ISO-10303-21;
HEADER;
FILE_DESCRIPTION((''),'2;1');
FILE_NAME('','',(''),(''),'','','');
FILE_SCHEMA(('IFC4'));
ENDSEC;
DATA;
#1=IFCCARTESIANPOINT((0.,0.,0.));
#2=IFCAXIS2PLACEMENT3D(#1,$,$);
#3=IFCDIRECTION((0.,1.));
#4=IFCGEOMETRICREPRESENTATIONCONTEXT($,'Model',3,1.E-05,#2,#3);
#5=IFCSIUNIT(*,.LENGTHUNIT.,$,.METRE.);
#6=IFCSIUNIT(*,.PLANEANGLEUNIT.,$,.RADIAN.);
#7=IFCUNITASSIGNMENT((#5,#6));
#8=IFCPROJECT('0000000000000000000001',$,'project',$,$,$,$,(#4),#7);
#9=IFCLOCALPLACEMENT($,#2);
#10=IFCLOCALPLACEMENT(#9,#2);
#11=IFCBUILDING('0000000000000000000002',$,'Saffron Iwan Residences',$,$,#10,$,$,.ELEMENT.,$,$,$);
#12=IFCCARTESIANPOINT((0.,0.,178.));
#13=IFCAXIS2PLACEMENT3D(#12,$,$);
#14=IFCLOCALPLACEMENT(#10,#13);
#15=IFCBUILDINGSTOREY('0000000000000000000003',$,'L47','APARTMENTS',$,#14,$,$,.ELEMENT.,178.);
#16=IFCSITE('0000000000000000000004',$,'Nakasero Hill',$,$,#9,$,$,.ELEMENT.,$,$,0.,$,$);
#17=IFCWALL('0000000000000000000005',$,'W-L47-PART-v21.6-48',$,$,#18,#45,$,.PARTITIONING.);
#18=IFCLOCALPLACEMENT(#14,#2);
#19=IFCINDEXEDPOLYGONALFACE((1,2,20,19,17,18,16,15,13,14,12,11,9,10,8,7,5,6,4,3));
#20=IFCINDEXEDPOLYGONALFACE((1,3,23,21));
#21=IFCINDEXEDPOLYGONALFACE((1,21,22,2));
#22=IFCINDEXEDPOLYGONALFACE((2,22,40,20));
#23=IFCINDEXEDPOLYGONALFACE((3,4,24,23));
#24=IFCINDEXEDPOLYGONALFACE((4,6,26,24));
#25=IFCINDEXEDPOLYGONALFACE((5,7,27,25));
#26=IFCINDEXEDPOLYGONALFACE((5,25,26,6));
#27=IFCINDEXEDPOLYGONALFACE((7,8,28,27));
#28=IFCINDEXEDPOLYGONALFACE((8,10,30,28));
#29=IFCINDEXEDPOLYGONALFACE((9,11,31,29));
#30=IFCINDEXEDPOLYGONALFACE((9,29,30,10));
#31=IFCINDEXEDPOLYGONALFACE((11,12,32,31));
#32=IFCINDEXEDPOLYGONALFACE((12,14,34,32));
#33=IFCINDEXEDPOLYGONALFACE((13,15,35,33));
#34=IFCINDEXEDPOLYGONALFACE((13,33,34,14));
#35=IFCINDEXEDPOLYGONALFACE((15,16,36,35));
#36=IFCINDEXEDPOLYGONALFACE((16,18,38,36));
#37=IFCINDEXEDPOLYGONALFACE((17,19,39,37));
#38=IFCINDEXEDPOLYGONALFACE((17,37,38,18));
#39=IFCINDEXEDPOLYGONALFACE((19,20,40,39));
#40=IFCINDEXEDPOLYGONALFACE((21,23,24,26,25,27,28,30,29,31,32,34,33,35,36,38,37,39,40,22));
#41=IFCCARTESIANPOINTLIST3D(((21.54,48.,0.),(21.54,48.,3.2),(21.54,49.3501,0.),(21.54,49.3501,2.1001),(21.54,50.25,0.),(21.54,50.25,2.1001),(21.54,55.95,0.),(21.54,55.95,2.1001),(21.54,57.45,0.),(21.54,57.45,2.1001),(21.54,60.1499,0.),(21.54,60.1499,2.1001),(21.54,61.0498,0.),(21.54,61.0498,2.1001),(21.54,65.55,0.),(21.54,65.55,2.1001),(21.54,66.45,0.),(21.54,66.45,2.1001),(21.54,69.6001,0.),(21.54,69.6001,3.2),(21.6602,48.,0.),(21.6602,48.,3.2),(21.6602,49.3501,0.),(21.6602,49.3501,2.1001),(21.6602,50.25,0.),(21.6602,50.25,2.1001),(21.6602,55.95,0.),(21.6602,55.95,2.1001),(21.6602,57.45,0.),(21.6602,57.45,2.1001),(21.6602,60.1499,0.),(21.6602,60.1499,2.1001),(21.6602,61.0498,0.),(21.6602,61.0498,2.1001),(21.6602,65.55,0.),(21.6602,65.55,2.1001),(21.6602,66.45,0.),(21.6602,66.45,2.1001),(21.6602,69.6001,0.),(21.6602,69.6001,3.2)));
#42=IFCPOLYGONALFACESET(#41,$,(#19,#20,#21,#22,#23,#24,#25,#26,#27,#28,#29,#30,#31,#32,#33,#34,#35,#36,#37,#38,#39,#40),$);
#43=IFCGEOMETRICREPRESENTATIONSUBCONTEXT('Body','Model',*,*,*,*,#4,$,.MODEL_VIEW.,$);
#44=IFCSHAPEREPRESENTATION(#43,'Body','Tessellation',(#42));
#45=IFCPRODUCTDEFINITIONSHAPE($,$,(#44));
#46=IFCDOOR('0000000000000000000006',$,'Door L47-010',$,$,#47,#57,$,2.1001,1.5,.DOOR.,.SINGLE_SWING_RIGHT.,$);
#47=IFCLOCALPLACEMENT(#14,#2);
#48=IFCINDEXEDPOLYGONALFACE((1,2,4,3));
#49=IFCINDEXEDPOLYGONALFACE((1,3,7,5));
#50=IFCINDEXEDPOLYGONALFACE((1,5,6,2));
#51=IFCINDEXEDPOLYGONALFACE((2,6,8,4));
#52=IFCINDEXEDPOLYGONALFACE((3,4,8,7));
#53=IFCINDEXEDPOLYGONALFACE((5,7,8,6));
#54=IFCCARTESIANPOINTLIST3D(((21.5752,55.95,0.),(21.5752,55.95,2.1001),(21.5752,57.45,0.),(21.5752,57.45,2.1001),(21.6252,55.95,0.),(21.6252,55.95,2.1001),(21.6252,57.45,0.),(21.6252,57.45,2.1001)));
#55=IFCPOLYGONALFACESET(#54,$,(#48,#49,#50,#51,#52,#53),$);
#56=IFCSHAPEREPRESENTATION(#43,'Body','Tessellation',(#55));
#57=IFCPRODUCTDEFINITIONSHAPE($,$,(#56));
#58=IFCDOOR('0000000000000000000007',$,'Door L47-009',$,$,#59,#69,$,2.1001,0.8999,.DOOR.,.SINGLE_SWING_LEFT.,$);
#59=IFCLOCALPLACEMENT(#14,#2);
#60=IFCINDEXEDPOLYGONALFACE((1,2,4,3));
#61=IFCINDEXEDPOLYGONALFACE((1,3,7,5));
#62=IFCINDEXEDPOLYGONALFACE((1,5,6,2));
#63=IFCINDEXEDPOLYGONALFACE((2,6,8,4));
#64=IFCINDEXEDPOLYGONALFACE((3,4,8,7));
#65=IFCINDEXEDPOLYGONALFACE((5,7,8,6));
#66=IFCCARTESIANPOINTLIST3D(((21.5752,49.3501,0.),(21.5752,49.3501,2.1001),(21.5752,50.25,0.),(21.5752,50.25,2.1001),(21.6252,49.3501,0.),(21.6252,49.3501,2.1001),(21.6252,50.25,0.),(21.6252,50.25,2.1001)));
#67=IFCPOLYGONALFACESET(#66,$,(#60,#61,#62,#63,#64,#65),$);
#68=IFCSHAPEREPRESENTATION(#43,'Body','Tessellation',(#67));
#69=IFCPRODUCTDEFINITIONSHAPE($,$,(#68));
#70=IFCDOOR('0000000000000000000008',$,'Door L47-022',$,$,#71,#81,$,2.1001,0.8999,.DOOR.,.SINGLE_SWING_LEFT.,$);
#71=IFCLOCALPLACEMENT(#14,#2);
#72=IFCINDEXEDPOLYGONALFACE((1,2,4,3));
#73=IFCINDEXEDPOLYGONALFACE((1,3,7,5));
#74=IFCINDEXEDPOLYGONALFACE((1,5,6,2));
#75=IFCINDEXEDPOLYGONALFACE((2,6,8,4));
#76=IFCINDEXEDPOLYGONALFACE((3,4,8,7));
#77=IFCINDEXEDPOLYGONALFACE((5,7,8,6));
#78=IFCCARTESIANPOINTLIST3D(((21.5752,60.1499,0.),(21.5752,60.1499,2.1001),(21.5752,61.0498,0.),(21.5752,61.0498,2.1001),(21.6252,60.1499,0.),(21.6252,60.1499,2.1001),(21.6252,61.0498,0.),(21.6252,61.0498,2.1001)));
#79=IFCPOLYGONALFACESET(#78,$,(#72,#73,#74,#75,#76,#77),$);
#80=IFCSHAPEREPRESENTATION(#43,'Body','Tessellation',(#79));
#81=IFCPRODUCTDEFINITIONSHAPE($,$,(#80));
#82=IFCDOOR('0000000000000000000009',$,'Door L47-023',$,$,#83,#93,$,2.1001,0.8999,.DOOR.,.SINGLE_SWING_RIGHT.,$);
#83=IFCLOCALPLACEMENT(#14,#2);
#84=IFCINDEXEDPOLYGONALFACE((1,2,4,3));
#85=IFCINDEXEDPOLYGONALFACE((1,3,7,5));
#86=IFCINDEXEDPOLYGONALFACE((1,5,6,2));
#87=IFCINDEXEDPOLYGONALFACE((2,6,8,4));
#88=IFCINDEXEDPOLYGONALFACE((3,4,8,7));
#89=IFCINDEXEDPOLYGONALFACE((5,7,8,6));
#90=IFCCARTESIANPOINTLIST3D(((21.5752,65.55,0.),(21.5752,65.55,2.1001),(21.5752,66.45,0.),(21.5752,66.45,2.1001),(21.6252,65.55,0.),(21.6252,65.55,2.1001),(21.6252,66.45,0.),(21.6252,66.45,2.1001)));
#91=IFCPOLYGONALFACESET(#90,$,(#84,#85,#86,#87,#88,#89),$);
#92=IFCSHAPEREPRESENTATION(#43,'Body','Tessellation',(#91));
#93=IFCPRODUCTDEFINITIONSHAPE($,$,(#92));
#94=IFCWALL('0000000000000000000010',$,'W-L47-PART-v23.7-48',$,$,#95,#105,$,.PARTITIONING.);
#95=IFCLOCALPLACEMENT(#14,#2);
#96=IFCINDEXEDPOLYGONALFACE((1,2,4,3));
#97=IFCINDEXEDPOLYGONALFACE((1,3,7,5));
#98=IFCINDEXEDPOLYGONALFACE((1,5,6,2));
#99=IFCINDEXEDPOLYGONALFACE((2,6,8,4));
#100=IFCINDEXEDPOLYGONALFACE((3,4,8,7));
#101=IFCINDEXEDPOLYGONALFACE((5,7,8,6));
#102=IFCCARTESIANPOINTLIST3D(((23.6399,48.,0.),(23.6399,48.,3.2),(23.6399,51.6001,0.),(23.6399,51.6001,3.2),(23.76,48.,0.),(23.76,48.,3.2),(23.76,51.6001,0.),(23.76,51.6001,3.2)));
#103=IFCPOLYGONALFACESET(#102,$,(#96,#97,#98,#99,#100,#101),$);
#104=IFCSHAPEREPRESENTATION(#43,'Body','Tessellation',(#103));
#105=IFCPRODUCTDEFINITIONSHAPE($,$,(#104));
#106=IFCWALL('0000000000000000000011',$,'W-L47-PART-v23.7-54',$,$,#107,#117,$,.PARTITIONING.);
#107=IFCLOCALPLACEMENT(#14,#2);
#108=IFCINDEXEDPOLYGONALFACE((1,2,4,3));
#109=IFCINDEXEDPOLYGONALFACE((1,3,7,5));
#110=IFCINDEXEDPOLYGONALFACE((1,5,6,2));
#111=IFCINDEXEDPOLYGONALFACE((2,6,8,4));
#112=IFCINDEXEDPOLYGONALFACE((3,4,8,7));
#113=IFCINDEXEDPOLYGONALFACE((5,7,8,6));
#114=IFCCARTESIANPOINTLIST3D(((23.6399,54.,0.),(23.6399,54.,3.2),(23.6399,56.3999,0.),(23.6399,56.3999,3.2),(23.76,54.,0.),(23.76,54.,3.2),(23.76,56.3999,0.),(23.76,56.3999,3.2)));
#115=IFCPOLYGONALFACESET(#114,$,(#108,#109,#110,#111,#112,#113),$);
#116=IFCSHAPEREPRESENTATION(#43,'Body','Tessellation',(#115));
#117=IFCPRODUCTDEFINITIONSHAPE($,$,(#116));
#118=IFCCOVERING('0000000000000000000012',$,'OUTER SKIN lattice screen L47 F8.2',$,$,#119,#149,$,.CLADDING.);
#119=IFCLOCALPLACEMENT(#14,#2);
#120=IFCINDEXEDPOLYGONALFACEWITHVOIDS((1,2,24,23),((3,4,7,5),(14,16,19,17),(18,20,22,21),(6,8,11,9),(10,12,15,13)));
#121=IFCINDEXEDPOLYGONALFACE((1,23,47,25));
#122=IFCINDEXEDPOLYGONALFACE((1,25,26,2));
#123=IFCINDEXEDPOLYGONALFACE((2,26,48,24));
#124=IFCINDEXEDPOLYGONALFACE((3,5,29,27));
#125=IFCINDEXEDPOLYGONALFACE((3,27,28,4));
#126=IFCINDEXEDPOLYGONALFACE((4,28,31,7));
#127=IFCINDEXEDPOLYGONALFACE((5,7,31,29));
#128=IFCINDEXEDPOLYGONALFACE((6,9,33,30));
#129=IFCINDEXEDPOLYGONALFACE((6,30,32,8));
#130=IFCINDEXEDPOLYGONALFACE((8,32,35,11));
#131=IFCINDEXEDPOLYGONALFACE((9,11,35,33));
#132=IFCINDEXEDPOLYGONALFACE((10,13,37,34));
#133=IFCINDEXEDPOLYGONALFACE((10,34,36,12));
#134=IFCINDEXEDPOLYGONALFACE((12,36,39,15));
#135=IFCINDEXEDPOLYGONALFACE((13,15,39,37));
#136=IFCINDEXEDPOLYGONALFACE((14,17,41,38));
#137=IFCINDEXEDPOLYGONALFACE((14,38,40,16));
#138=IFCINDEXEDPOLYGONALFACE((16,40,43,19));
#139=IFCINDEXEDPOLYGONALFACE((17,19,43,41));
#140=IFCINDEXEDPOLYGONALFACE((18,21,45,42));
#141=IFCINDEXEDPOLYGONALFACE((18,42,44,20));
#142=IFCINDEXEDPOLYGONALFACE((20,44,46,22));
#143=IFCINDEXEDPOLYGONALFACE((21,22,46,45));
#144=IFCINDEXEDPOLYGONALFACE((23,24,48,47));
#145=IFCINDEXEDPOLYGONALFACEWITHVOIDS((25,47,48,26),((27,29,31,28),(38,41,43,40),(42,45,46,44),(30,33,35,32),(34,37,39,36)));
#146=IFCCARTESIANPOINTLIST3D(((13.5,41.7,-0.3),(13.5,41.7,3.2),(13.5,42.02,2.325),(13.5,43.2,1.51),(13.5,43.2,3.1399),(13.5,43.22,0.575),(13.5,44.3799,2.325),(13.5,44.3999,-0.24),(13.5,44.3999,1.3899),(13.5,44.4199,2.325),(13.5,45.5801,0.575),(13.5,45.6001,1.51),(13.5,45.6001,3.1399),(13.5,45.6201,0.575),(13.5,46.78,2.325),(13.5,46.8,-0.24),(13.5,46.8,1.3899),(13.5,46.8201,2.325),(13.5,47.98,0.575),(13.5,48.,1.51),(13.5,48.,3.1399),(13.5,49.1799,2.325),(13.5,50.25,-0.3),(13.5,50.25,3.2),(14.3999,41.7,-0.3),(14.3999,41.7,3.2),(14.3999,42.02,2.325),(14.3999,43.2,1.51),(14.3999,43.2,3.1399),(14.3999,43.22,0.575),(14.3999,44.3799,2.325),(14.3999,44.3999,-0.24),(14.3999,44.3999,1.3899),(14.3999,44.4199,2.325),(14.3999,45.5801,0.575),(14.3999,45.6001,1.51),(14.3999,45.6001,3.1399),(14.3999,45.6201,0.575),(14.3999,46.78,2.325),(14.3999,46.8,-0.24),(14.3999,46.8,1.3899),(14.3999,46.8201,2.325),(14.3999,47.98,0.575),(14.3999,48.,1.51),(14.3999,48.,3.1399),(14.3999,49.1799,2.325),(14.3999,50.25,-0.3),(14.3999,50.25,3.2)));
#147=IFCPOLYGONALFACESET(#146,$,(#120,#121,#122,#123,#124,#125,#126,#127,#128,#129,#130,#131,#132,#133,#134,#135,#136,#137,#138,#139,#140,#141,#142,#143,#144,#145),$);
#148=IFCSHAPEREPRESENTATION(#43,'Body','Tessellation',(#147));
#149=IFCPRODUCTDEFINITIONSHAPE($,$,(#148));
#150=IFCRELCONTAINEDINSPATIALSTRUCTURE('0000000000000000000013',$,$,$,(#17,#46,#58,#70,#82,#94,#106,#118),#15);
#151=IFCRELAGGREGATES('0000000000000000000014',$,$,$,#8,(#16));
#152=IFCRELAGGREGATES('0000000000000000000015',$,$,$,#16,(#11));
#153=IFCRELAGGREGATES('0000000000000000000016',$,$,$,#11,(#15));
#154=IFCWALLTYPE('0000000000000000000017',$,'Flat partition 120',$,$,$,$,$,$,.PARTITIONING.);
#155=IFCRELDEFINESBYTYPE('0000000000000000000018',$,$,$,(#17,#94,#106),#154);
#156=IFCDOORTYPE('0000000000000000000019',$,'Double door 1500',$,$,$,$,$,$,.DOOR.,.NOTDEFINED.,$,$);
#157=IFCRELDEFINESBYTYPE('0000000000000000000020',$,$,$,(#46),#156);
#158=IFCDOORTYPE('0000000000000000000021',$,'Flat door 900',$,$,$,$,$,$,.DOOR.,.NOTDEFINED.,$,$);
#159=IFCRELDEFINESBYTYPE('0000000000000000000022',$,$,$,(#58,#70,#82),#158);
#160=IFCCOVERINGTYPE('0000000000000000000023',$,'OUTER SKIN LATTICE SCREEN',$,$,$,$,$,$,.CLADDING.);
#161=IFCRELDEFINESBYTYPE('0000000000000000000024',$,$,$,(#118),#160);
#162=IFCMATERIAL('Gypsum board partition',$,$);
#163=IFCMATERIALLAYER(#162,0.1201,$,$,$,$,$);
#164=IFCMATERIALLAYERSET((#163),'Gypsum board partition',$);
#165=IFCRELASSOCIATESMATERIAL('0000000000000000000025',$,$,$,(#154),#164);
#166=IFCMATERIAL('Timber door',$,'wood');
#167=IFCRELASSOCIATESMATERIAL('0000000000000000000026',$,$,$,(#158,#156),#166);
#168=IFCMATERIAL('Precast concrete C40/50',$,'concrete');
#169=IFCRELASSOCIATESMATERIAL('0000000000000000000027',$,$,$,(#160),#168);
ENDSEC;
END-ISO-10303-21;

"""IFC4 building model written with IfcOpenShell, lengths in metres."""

from ifc_helpers import new_model, si_unit, direction, frame, frame_2d, origin, place, context, subcontext, project, spatial, polyline, rectangle, outline, extrude, material, layer, layer_set, type_object, element, fill, save


model = new_model("IFC4")

# Units and contexts
model_context = context("Model", 3, precision=1e-05, world=origin(), true_north=direction((0.0, 1.0)))
body_context = subcontext(model_context, "Body", "Model", "MODEL_VIEW")
ifc_project = project(units=[si_unit("LENGTHUNIT", "METRE"), si_unit("PLANEANGLEUNIT", "RADIAN")], contexts=[model_context])

# Site, building, storey
site_placement = place(None, origin())
site = spatial("IfcSite", under=ifc_project, at=site_placement, Name="Nakasero Hill", CompositionType="ELEMENT", RefElevation=0.0)
building_placement = place(site_placement, origin())
building = spatial("IfcBuilding", under=site, at=building_placement, Name="Saffron Iwan Residences", CompositionType="ELEMENT")
storey_placement = place(building_placement, frame((0.0, 0.0, 178.0)))
storey = spatial("IfcBuildingStorey", under=building, at=storey_placement, Name="L47", Description="APARTMENTS", CompositionType="ELEMENT", Elevation=178.0)

# Shared definitions
ifc_material_1 = material(Name="Gypsum board partition")
ifc_layer_1 = layer(ifc_material_1, 0.1201)
ifc_layer_set_1 = layer_set([ifc_layer_1], Name="Gypsum board partition")
wall_type_1 = type_object("IfcWallType", Name="Flat partition 120", PredefinedType="PARTITIONING", material=ifc_layer_set_1)

# Shared definitions
ifc_material_2 = material(Name="Timber door", Category="wood")
door_type_1 = type_object("IfcDoorType", Name="Flat door 900", OperationType="NOTDEFINED", PredefinedType="DOOR", material=ifc_material_2)

# Wall, openings, doors
wall_1_placement = place(storey_placement, frame((21.6001, 48.0, 0.0), z_axis=(0.0, 0.0, 1.0), x_axis=(0.0, 1.0, 0.0)))
wall_1 = element("IfcWall", 1, at=wall_1_placement, inside=storey, type_object=wall_type_1, Name="W-L47-PART-v21.6-48", PredefinedType="PARTITIONING", context=body_context, shape_type="SweptSolid", body=[
    extrude(rectangle(XDim=21.6001, YDim=0.1201, at=frame_2d((10.8, 0.0))), origin(), (0.0, 0.0, 1.0), 3.2),
])
opening_1_placement = place(wall_1_placement, frame((1.3501, 0.0, 0.0)))
opening_1 = element("IfcOpeningElement", 2, at=opening_1_placement, cuts=wall_1, PredefinedType="OPENING", context=body_context, shape_type="SweptSolid", body=[
    extrude(rectangle(XDim=0.8999, YDim=2.1001, at=frame_2d((0.45, 1.05))), frame((0.0, 0.0701, 0.0), z_axis=(0.0, -1.0, 0.0), x_axis=(1.0, 0.0, 0.0)), (0.0, 0.0, 1.0), 0.1401),
])
opening_2_placement = place(wall_1_placement, frame((7.95, 0.0, 0.0)))
opening_2 = element("IfcOpeningElement", 3, at=opening_2_placement, cuts=wall_1, PredefinedType="OPENING", context=body_context, shape_type="SweptSolid", body=[
    extrude(rectangle(XDim=1.5, YDim=2.1001, at=frame_2d((0.75, 1.05))), frame((0.0, 0.0701, 0.0), z_axis=(0.0, -1.0, 0.0), x_axis=(1.0, 0.0, 0.0)), (0.0, 0.0, 1.0), 0.1401),
])
opening_3_placement = place(wall_1_placement, frame((12.1499, 0.0, 0.0)))
opening_3 = element("IfcOpeningElement", 4, at=opening_3_placement, cuts=wall_1, PredefinedType="OPENING", context=body_context, shape_type="SweptSolid", body=[
    extrude(rectangle(XDim=0.8999, YDim=2.1001, at=frame_2d((0.45, 1.05))), frame((0.0, 0.0701, 0.0), z_axis=(0.0, -1.0, 0.0), x_axis=(1.0, 0.0, 0.0)), (0.0, 0.0, 1.0), 0.1401),
])
opening_4_placement = place(wall_1_placement, frame((17.55, 0.0, 0.0)))
opening_4 = element("IfcOpeningElement", 5, at=opening_4_placement, cuts=wall_1, PredefinedType="OPENING", context=body_context, shape_type="SweptSolid", body=[
    extrude(rectangle(XDim=0.8999, YDim=2.1001, at=frame_2d((0.45, 1.05))), frame((0.0, 0.0701, 0.0), z_axis=(0.0, -1.0, 0.0), x_axis=(1.0, 0.0, 0.0)), (0.0, 0.0, 1.0), 0.1401),
])
door_type_2 = type_object("IfcDoorType", Name="Double door 1500", OperationType="NOTDEFINED", PredefinedType="DOOR", material=ifc_material_2)
door_1_placement = place(opening_2_placement, origin())
door_1 = element("IfcDoor", 6, at=door_1_placement, inside=storey, type_object=door_type_2, Name="Door L47-010", OperationType="SINGLE_SWING_RIGHT", OverallHeight=2.1001, OverallWidth=1.5, PredefinedType="DOOR", context=body_context, shape_type="SweptSolid", body=[
    extrude(rectangle(XDim=1.5, YDim=2.1001, at=frame_2d((0.75, 1.05))), frame((0.0, 0.0249, 0.0), z_axis=(0.0, -1.0, 0.0), x_axis=(1.0, 0.0, 0.0)), (0.0, 0.0, 1.0), 0.05),
])
fill(opening_2, door_1)
door_2_placement = place(opening_1_placement, origin())
door_2 = element("IfcDoor", 7, at=door_2_placement, inside=storey, type_object=door_type_1, Name="Door L47-009", OperationType="SINGLE_SWING_LEFT", OverallHeight=2.1001, OverallWidth=0.8999, PredefinedType="DOOR", context=body_context, shape_type="SweptSolid", body=[
    extrude(rectangle(XDim=0.8999, YDim=2.1001, at=frame_2d((0.45, 1.05))), frame((0.0, 0.0249, 0.0), z_axis=(0.0, -1.0, 0.0), x_axis=(1.0, 0.0, 0.0)), (0.0, 0.0, 1.0), 0.05),
])
fill(opening_1, door_2)
door_3_placement = place(opening_3_placement, origin())
door_3 = element("IfcDoor", 8, at=door_3_placement, inside=storey, type_object=door_type_1, Name="Door L47-022", OperationType="SINGLE_SWING_LEFT", OverallHeight=2.1001, OverallWidth=0.8999, PredefinedType="DOOR", context=body_context, shape_type="SweptSolid", body=[
    extrude(rectangle(XDim=0.8999, YDim=2.1001, at=frame_2d((0.45, 1.05))), frame((0.0, 0.0249, 0.0), z_axis=(0.0, -1.0, 0.0), x_axis=(1.0, 0.0, 0.0)), (0.0, 0.0, 1.0), 0.05),
])
fill(opening_3, door_3)
door_4_placement = place(opening_4_placement, origin())
door_4 = element("IfcDoor", 9, at=door_4_placement, inside=storey, type_object=door_type_1, Name="Door L47-023", OperationType="SINGLE_SWING_RIGHT", OverallHeight=2.1001, OverallWidth=0.8999, PredefinedType="DOOR", context=body_context, shape_type="SweptSolid", body=[
    extrude(rectangle(XDim=0.8999, YDim=2.1001, at=frame_2d((0.45, 1.05))), frame((0.0, 0.0249, 0.0), z_axis=(0.0, -1.0, 0.0), x_axis=(1.0, 0.0, 0.0)), (0.0, 0.0, 1.0), 0.05),
])
fill(opening_4, door_4)

# Walls
wall_2_placement = place(storey_placement, frame((23.7, 48.0, 0.0), z_axis=(0.0, 0.0, 1.0), x_axis=(0.0, 1.0, 0.0)))
element("IfcWall", 10, at=wall_2_placement, inside=storey, type_object=wall_type_1, Name="W-L47-PART-v23.7-48", PredefinedType="PARTITIONING", context=body_context, shape_type="SweptSolid", body=[
    extrude(rectangle(XDim=3.6001, YDim=0.1201, at=frame_2d((1.8, 0.0))), origin(), (0.0, 0.0, 1.0), 3.2),
])
wall_3_placement = place(storey_placement, frame((23.7, 54.0, 0.0), z_axis=(0.0, 0.0, 1.0), x_axis=(0.0, 1.0, 0.0)))
element("IfcWall", 11, at=wall_3_placement, inside=storey, type_object=wall_type_1, Name="W-L47-PART-v23.7-54", PredefinedType="PARTITIONING", context=body_context, shape_type="SweptSolid", body=[
    extrude(rectangle(XDim=2.3999, YDim=0.1201, at=frame_2d((1.2, 0.0))), origin(), (0.0, 0.0, 1.0), 3.2),
])

# Covering
ifc_material_3 = material(Name="Precast concrete C40/50", Category="concrete")
covering_type = type_object("IfcCoveringType", Name="OUTER SKIN LATTICE SCREEN", PredefinedType="CLADDING", material=ifc_material_3)
covering_placement = place(storey_placement, frame((14.3999, 50.25, -0.3), z_axis=(-1.0, 0.0, 0.0), x_axis=(0.0, -1.0, 0.0)))
element("IfcCovering", 12, at=covering_placement, inside=storey, type_object=covering_type, Name="OUTER SKIN lattice screen L47 F8.2", PredefinedType="CLADDING", context=body_context, shape_type="SweptSolid", body=[
    extrude(outline(polyline([(0.0, 0.0), (8.55, 0.0), (8.55, 3.5), (0.0, 3.5), (0.0, 0.0)]), holes=[polyline([(2.27, 0.875), (3.45, 0.0601), (4.6299, 0.875), (3.45, 1.6899), (2.27, 0.875)]), polyline([(4.6699, 0.875), (5.8501, 0.0601), (7.03, 0.875), (5.8501, 1.6899), (4.6699, 0.875)]), polyline([(1.0701, 2.625), (2.25, 1.8101), (3.4299, 2.625), (2.25, 3.4399), (1.0701, 2.625)]), polyline([(3.47, 2.625), (4.6499, 1.8101), (5.8301, 2.625), (4.6499, 3.4399), (3.47, 2.625)]), polyline([(5.8701, 2.625), (7.05, 1.8101), (8.23, 2.625), (7.05, 3.4399), (5.8701, 2.625)])]), origin(), (0.0, 0.0, 1.0), 0.8999),
])

save(model, "model.ifc")
